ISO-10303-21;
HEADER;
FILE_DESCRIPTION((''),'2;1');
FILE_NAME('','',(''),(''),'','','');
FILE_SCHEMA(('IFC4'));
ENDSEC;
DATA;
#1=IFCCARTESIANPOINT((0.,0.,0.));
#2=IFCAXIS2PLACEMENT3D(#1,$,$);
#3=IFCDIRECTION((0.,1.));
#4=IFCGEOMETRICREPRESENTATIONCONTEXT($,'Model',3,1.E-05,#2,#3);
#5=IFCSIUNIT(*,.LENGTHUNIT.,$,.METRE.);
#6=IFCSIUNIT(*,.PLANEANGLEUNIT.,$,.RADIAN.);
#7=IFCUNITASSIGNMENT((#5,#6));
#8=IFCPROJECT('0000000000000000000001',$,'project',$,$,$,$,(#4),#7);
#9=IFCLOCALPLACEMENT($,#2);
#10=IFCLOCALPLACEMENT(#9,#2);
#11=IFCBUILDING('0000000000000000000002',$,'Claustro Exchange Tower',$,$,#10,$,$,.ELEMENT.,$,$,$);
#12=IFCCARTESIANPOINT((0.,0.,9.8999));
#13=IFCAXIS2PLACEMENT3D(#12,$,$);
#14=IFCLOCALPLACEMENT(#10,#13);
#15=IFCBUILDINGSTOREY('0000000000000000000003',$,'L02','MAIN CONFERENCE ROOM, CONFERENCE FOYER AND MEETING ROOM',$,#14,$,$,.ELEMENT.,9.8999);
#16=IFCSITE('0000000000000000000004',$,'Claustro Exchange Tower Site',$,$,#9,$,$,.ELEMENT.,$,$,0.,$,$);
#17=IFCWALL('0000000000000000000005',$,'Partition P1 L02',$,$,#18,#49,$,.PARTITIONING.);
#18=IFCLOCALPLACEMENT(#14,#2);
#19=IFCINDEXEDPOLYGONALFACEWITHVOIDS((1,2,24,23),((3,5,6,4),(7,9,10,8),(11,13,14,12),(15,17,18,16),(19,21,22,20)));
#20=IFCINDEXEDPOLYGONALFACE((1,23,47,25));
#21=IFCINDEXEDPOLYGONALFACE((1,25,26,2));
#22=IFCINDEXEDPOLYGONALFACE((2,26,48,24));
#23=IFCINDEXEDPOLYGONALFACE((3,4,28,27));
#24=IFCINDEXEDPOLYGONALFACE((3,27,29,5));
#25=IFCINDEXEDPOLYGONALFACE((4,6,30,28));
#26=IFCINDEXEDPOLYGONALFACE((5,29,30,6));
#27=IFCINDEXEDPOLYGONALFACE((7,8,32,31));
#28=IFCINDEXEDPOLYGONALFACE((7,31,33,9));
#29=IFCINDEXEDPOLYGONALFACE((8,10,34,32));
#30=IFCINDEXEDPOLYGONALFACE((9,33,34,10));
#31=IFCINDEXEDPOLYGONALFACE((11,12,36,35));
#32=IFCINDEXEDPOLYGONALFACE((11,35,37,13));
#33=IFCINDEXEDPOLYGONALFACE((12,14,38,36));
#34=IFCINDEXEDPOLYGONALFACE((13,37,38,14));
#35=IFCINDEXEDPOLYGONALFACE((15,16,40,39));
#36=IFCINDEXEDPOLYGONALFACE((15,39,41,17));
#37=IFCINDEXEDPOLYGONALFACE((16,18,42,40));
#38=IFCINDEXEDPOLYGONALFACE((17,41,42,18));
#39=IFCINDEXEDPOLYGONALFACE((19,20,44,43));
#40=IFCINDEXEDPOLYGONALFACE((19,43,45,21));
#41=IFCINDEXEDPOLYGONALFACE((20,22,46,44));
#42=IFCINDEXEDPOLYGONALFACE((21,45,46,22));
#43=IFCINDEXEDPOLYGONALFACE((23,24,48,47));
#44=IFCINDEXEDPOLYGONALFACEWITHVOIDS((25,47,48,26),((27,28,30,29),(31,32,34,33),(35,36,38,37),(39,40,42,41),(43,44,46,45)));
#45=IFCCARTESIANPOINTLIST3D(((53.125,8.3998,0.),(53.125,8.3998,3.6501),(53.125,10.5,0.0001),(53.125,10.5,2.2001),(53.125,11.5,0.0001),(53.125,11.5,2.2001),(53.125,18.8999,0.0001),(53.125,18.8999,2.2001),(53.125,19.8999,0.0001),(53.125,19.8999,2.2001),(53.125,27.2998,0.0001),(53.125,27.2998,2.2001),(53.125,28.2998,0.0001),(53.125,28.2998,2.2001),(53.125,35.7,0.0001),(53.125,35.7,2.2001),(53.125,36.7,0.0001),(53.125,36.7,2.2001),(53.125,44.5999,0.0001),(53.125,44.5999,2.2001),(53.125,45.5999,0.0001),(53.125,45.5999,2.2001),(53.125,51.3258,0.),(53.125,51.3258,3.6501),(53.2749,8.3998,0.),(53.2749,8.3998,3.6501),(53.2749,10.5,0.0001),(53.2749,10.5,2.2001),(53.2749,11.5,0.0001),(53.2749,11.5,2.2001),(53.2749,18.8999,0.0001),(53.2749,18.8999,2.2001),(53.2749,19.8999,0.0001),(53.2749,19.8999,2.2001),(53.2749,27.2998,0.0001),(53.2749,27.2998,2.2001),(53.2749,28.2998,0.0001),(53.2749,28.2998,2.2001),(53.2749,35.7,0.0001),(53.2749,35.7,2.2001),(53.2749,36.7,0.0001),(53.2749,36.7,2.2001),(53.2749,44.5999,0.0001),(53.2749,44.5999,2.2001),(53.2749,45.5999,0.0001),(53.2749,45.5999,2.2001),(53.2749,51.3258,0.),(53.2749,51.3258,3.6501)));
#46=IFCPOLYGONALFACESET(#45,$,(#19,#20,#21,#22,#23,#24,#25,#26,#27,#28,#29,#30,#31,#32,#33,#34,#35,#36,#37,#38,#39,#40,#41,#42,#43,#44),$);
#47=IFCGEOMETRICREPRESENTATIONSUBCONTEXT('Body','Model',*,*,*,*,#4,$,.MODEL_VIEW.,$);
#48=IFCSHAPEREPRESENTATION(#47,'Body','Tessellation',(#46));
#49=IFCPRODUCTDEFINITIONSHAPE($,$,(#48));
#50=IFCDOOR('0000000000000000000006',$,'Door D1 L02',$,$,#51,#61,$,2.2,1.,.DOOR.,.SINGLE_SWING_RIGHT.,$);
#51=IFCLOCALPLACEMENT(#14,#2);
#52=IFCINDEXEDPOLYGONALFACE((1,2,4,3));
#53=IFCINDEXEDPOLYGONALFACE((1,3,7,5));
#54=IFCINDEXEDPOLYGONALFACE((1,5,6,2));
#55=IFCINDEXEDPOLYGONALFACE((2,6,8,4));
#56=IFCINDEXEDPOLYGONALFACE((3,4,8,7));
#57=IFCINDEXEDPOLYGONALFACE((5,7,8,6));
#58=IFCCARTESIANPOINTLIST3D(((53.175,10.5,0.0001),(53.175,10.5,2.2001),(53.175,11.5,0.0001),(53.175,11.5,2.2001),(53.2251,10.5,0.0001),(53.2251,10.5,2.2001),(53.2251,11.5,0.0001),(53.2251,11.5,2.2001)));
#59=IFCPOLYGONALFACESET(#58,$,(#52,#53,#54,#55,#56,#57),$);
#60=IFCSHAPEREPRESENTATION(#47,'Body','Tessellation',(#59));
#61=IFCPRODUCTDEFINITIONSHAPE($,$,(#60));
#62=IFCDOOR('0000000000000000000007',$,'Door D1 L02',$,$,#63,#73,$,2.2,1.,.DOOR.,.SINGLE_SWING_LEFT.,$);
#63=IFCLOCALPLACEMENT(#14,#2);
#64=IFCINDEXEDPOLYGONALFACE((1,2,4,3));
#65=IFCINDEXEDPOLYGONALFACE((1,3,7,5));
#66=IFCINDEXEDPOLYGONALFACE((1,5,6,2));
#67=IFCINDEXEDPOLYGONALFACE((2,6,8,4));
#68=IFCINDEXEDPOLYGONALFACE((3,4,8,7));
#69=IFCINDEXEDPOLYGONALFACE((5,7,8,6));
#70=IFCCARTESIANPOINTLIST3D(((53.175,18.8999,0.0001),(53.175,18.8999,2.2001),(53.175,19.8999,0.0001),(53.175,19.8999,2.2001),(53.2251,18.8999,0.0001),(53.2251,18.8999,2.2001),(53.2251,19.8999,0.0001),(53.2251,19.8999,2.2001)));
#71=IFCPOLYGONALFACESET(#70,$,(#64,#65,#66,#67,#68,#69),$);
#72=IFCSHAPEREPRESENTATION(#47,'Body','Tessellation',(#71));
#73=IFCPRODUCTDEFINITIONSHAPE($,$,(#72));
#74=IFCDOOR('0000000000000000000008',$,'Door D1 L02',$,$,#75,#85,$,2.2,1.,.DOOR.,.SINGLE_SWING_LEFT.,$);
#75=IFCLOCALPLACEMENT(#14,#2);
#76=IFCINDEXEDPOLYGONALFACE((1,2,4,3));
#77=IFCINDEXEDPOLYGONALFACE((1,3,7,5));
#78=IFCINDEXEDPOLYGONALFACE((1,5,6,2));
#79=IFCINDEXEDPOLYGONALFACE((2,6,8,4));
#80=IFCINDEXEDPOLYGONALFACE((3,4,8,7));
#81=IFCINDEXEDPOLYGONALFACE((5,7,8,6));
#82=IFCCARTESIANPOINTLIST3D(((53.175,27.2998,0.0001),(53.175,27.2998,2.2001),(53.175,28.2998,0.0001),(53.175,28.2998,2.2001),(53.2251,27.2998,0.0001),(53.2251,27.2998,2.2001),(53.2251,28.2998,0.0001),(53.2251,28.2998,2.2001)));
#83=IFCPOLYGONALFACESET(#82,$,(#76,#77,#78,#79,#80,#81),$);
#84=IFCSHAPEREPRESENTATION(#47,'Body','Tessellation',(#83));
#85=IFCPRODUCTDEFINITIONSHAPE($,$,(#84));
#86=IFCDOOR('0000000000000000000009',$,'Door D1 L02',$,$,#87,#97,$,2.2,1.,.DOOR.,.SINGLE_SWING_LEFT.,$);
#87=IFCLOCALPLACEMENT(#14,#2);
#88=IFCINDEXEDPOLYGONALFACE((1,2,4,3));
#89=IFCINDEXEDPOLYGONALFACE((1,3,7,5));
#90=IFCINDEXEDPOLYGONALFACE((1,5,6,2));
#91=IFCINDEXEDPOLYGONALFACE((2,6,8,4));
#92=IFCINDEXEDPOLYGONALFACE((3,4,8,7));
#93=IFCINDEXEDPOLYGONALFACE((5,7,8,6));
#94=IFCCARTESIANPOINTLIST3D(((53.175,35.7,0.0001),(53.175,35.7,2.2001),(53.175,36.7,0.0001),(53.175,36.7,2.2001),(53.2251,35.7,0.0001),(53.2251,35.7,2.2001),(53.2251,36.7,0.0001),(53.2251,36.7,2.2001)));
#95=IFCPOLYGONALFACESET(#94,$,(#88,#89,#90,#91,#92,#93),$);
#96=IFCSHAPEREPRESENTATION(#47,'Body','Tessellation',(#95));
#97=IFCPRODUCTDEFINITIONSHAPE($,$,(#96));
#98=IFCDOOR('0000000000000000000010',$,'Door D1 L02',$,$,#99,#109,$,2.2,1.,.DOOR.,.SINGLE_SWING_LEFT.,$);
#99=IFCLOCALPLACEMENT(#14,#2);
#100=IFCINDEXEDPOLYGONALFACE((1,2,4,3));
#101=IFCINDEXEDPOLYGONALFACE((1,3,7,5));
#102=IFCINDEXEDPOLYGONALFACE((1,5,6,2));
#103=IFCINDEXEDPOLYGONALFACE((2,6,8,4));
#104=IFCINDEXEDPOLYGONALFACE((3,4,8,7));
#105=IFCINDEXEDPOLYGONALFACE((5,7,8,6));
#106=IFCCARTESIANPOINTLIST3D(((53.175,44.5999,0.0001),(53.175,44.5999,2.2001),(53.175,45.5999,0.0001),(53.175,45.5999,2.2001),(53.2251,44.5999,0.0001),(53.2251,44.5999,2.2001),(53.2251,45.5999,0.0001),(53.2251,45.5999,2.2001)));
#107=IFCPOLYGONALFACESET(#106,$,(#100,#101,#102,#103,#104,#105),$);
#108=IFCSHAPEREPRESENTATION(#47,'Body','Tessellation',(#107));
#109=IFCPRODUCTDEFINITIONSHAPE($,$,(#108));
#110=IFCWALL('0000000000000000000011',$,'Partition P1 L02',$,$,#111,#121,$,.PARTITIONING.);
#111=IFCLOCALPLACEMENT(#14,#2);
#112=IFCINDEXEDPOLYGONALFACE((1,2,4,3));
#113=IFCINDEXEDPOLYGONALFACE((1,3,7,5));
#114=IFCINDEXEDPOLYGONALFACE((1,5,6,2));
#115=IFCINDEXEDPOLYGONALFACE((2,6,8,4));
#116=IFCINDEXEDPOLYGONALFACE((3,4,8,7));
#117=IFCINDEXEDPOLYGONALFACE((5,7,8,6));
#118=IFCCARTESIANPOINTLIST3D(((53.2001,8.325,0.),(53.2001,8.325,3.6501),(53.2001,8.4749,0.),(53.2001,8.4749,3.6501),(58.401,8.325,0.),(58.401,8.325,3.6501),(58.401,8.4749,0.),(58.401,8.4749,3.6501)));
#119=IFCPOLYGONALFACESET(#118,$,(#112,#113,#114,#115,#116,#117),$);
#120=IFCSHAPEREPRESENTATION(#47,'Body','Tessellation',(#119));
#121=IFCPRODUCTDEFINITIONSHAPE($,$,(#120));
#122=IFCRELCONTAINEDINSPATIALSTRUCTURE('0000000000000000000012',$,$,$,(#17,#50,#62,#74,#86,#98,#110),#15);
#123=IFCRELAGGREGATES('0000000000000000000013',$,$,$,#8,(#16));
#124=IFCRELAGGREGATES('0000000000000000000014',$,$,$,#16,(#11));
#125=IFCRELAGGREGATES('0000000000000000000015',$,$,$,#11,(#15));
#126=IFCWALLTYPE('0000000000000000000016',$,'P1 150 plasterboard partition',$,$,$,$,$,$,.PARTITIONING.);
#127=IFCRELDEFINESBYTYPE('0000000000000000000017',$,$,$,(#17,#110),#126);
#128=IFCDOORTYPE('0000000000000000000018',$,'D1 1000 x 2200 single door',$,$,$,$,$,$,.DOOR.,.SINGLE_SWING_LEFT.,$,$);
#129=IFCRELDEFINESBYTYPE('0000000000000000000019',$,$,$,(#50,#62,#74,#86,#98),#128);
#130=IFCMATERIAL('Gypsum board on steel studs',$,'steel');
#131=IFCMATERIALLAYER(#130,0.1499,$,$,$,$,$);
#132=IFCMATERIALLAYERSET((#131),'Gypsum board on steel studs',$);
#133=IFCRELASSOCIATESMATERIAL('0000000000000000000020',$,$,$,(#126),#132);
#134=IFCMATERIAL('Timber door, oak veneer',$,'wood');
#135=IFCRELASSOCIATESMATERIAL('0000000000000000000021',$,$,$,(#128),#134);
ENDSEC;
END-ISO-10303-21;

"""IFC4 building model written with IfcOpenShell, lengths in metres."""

from ifc_helpers import new_model, si_unit, direction, frame, frame_2d, origin, place, context, subcontext, project, spatial, rectangle, extrude, material, layer, layer_set, type_object, element, fill, save


model = new_model("IFC4")

# Units and contexts
model_context = context("Model", 3, precision=1e-05, world=origin(), true_north=direction((0.0, 1.0)))
body_context = subcontext(model_context, "Body", "Model", "MODEL_VIEW")
ifc_project = project(units=[si_unit("LENGTHUNIT", "METRE"), si_unit("PLANEANGLEUNIT", "RADIAN")], contexts=[model_context])

# Site, building, storey
site_placement = place(None, origin())
site = spatial("IfcSite", under=ifc_project, at=site_placement, Name="Claustro Exchange Tower Site", CompositionType="ELEMENT", RefElevation=0.0)
building_placement = place(site_placement, origin())
building = spatial("IfcBuilding", under=site, at=building_placement, Name="Claustro Exchange Tower", CompositionType="ELEMENT")
storey_placement = place(building_placement, frame((0.0, 0.0, 9.8999)))
storey = spatial("IfcBuildingStorey", under=building, at=storey_placement, Name="L02", Description="MAIN CONFERENCE ROOM, CONFERENCE FOYER AND MEETING ROOM", CompositionType="ELEMENT", Elevation=9.8999)

# Shared definitions
ifc_material_1 = material(Name="Gypsum board on steel studs", Category="steel")
ifc_layer_1 = layer(ifc_material_1, 0.1499)
ifc_layer_set_1 = layer_set([ifc_layer_1], Name="Gypsum board on steel studs")
wall_type_1 = type_object("IfcWallType", Name="P1 150 plasterboard partition", PredefinedType="PARTITIONING", material=ifc_layer_set_1)
ifc_material_2 = material(Name="Timber door, oak veneer", Category="wood")
door_type_1 = type_object("IfcDoorType", Name="D1 1000 x 2200 single door", OperationType="SINGLE_SWING_LEFT", PredefinedType="DOOR", material=ifc_material_2)

# Wall, openings, doors
wall_1_placement = place(storey_placement, frame((53.2, 8.3999, 0.0), z_axis=(0.0, 0.0, 1.0), x_axis=(0.0, 1.0, 0.0)))
wall_1 = element("IfcWall", 1, at=wall_1_placement, inside=storey, type_object=wall_type_1, Name="Partition P1 L02", PredefinedType="PARTITIONING", context=body_context, shape_type="SweptSolid", body=[
    extrude(rectangle(XDim=42.926, YDim=0.1499, at=frame_2d((21.4629, 0.0))), origin(), (0.0, 0.0, 1.0), 3.6501),
])
opening_1_placement = place(wall_1_placement, frame((2.1001, 0.0, 0.0)))
opening_1 = element("IfcOpeningElement", 2, at=opening_1_placement, cuts=wall_1, PredefinedType="OPENING", context=body_context, shape_type="SweptSolid", body=[
    extrude(rectangle(XDim=1.0, YDim=2.2, at=frame_2d((0.5, 1.1001))), frame((0.0, 0.085, 0.0), z_axis=(0.0, -1.0, 0.0), x_axis=(1.0, 0.0, 0.0)), (0.0, 0.0, 1.0), 0.1699),
])
opening_2_placement = place(wall_1_placement, frame((10.5, 0.0, 0.0)))
opening_2 = element("IfcOpeningElement", 3, at=opening_2_placement, cuts=wall_1, PredefinedType="OPENING", context=body_context, shape_type="SweptSolid", body=[
    extrude(rectangle(XDim=1.0, YDim=2.2, at=frame_2d((0.5, 1.1001))), frame((0.0, 0.085, 0.0), z_axis=(0.0, -1.0, 0.0), x_axis=(1.0, 0.0, 0.0)), (0.0, 0.0, 1.0), 0.1699),
])
opening_3_placement = place(wall_1_placement, frame((18.8999, 0.0, 0.0)))
opening_3 = element("IfcOpeningElement", 4, at=opening_3_placement, cuts=wall_1, PredefinedType="OPENING", context=body_context, shape_type="SweptSolid", body=[
    extrude(rectangle(XDim=1.0, YDim=2.2, at=frame_2d((0.5, 1.1001))), frame((0.0, 0.085, 0.0), z_axis=(0.0, -1.0, 0.0), x_axis=(1.0, 0.0, 0.0)), (0.0, 0.0, 1.0), 0.1699),
])
opening_4_placement = place(wall_1_placement, frame((27.3, 0.0, 0.0)))
opening_4 = element("IfcOpeningElement", 5, at=opening_4_placement, cuts=wall_1, PredefinedType="OPENING", context=body_context, shape_type="SweptSolid", body=[
    extrude(rectangle(XDim=1.0, YDim=2.2, at=frame_2d((0.5, 1.1001))), frame((0.0, 0.085, 0.0), z_axis=(0.0, -1.0, 0.0), x_axis=(1.0, 0.0, 0.0)), (0.0, 0.0, 1.0), 0.1699),
])
opening_5_placement = place(wall_1_placement, frame((36.2, 0.0, 0.0)))
opening_5 = element("IfcOpeningElement", 6, at=opening_5_placement, cuts=wall_1, PredefinedType="OPENING", context=body_context, shape_type="SweptSolid", body=[
    extrude(rectangle(XDim=1.0, YDim=2.2, at=frame_2d((0.5, 1.1001))), frame((0.0, 0.085, 0.0), z_axis=(0.0, -1.0, 0.0), x_axis=(1.0, 0.0, 0.0)), (0.0, 0.0, 1.0), 0.1699),
])
door_1_placement = place(opening_1_placement, origin())
door_1 = element("IfcDoor", 7, at=door_1_placement, inside=storey, type_object=door_type_1, Name="Door D1 L02", OperationType="SINGLE_SWING_RIGHT", OverallHeight=2.2, OverallWidth=1.0, PredefinedType="DOOR", context=body_context, shape_type="SweptSolid", body=[
    extrude(rectangle(XDim=1.0, YDim=2.2, at=frame_2d((0.5, 1.1001))), frame((0.0, 0.0249, 0.0), z_axis=(0.0, -1.0, 0.0), x_axis=(1.0, 0.0, 0.0)), (0.0, 0.0, 1.0), 0.05),
])
fill(opening_1, door_1)
door_2_placement = place(opening_2_placement, origin())
door_2 = element("IfcDoor", 8, at=door_2_placement, inside=storey, type_object=door_type_1, Name="Door D1 L02", OperationType="SINGLE_SWING_LEFT", OverallHeight=2.2, OverallWidth=1.0, PredefinedType="DOOR", context=body_context, shape_type="SweptSolid", body=[
    extrude(rectangle(XDim=1.0, YDim=2.2, at=frame_2d((0.5, 1.1001))), frame((0.0, 0.0249, 0.0), z_axis=(0.0, -1.0, 0.0), x_axis=(1.0, 0.0, 0.0)), (0.0, 0.0, 1.0), 0.05),
])
fill(opening_2, door_2)
door_3_placement = place(opening_3_placement, origin())
door_3 = element("IfcDoor", 9, at=door_3_placement, inside=storey, type_object=door_type_1, Name="Door D1 L02", OperationType="SINGLE_SWING_LEFT", OverallHeight=2.2, OverallWidth=1.0, PredefinedType="DOOR", context=body_context, shape_type="SweptSolid", body=[
    extrude(rectangle(XDim=1.0, YDim=2.2, at=frame_2d((0.5, 1.1001))), frame((0.0, 0.0249, 0.0), z_axis=(0.0, -1.0, 0.0), x_axis=(1.0, 0.0, 0.0)), (0.0, 0.0, 1.0), 0.05),
])
fill(opening_3, door_3)
door_4_placement = place(opening_4_placement, origin())
door_4 = element("IfcDoor", 10, at=door_4_placement, inside=storey, type_object=door_type_1, Name="Door D1 L02", OperationType="SINGLE_SWING_LEFT", OverallHeight=2.2, OverallWidth=1.0, PredefinedType="DOOR", context=body_context, shape_type="SweptSolid", body=[
    extrude(rectangle(XDim=1.0, YDim=2.2, at=frame_2d((0.5, 1.1001))), frame((0.0, 0.0249, 0.0), z_axis=(0.0, -1.0, 0.0), x_axis=(1.0, 0.0, 0.0)), (0.0, 0.0, 1.0), 0.05),
])
fill(opening_4, door_4)
door_5_placement = place(opening_5_placement, origin())
door_5 = element("IfcDoor", 11, at=door_5_placement, inside=storey, type_object=door_type_1, Name="Door D1 L02", OperationType="SINGLE_SWING_LEFT", OverallHeight=2.2, OverallWidth=1.0, PredefinedType="DOOR", context=body_context, shape_type="SweptSolid", body=[
    extrude(rectangle(XDim=1.0, YDim=2.2, at=frame_2d((0.5, 1.1001))), frame((0.0, 0.0249, 0.0), z_axis=(0.0, -1.0, 0.0), x_axis=(1.0, 0.0, 0.0)), (0.0, 0.0, 1.0), 0.05),
])
fill(opening_5, door_5)

# Wall
wall_2_placement = place(storey_placement, frame((53.2, 8.3999, 0.0), z_axis=(0.0, 0.0, 1.0), x_axis=(1.0, 0.0, 0.0)))
element("IfcWall", 12, at=wall_2_placement, inside=storey, type_object=wall_type_1, Name="Partition P1 L02", PredefinedType="PARTITIONING", context=body_context, shape_type="SweptSolid", body=[
    extrude(rectangle(XDim=5.2009, YDim=0.1499, at=frame_2d((2.6006, 0.0))), origin(), (0.0, 0.0, 1.0), 3.6501),
])

save(model, "model.ifc")
